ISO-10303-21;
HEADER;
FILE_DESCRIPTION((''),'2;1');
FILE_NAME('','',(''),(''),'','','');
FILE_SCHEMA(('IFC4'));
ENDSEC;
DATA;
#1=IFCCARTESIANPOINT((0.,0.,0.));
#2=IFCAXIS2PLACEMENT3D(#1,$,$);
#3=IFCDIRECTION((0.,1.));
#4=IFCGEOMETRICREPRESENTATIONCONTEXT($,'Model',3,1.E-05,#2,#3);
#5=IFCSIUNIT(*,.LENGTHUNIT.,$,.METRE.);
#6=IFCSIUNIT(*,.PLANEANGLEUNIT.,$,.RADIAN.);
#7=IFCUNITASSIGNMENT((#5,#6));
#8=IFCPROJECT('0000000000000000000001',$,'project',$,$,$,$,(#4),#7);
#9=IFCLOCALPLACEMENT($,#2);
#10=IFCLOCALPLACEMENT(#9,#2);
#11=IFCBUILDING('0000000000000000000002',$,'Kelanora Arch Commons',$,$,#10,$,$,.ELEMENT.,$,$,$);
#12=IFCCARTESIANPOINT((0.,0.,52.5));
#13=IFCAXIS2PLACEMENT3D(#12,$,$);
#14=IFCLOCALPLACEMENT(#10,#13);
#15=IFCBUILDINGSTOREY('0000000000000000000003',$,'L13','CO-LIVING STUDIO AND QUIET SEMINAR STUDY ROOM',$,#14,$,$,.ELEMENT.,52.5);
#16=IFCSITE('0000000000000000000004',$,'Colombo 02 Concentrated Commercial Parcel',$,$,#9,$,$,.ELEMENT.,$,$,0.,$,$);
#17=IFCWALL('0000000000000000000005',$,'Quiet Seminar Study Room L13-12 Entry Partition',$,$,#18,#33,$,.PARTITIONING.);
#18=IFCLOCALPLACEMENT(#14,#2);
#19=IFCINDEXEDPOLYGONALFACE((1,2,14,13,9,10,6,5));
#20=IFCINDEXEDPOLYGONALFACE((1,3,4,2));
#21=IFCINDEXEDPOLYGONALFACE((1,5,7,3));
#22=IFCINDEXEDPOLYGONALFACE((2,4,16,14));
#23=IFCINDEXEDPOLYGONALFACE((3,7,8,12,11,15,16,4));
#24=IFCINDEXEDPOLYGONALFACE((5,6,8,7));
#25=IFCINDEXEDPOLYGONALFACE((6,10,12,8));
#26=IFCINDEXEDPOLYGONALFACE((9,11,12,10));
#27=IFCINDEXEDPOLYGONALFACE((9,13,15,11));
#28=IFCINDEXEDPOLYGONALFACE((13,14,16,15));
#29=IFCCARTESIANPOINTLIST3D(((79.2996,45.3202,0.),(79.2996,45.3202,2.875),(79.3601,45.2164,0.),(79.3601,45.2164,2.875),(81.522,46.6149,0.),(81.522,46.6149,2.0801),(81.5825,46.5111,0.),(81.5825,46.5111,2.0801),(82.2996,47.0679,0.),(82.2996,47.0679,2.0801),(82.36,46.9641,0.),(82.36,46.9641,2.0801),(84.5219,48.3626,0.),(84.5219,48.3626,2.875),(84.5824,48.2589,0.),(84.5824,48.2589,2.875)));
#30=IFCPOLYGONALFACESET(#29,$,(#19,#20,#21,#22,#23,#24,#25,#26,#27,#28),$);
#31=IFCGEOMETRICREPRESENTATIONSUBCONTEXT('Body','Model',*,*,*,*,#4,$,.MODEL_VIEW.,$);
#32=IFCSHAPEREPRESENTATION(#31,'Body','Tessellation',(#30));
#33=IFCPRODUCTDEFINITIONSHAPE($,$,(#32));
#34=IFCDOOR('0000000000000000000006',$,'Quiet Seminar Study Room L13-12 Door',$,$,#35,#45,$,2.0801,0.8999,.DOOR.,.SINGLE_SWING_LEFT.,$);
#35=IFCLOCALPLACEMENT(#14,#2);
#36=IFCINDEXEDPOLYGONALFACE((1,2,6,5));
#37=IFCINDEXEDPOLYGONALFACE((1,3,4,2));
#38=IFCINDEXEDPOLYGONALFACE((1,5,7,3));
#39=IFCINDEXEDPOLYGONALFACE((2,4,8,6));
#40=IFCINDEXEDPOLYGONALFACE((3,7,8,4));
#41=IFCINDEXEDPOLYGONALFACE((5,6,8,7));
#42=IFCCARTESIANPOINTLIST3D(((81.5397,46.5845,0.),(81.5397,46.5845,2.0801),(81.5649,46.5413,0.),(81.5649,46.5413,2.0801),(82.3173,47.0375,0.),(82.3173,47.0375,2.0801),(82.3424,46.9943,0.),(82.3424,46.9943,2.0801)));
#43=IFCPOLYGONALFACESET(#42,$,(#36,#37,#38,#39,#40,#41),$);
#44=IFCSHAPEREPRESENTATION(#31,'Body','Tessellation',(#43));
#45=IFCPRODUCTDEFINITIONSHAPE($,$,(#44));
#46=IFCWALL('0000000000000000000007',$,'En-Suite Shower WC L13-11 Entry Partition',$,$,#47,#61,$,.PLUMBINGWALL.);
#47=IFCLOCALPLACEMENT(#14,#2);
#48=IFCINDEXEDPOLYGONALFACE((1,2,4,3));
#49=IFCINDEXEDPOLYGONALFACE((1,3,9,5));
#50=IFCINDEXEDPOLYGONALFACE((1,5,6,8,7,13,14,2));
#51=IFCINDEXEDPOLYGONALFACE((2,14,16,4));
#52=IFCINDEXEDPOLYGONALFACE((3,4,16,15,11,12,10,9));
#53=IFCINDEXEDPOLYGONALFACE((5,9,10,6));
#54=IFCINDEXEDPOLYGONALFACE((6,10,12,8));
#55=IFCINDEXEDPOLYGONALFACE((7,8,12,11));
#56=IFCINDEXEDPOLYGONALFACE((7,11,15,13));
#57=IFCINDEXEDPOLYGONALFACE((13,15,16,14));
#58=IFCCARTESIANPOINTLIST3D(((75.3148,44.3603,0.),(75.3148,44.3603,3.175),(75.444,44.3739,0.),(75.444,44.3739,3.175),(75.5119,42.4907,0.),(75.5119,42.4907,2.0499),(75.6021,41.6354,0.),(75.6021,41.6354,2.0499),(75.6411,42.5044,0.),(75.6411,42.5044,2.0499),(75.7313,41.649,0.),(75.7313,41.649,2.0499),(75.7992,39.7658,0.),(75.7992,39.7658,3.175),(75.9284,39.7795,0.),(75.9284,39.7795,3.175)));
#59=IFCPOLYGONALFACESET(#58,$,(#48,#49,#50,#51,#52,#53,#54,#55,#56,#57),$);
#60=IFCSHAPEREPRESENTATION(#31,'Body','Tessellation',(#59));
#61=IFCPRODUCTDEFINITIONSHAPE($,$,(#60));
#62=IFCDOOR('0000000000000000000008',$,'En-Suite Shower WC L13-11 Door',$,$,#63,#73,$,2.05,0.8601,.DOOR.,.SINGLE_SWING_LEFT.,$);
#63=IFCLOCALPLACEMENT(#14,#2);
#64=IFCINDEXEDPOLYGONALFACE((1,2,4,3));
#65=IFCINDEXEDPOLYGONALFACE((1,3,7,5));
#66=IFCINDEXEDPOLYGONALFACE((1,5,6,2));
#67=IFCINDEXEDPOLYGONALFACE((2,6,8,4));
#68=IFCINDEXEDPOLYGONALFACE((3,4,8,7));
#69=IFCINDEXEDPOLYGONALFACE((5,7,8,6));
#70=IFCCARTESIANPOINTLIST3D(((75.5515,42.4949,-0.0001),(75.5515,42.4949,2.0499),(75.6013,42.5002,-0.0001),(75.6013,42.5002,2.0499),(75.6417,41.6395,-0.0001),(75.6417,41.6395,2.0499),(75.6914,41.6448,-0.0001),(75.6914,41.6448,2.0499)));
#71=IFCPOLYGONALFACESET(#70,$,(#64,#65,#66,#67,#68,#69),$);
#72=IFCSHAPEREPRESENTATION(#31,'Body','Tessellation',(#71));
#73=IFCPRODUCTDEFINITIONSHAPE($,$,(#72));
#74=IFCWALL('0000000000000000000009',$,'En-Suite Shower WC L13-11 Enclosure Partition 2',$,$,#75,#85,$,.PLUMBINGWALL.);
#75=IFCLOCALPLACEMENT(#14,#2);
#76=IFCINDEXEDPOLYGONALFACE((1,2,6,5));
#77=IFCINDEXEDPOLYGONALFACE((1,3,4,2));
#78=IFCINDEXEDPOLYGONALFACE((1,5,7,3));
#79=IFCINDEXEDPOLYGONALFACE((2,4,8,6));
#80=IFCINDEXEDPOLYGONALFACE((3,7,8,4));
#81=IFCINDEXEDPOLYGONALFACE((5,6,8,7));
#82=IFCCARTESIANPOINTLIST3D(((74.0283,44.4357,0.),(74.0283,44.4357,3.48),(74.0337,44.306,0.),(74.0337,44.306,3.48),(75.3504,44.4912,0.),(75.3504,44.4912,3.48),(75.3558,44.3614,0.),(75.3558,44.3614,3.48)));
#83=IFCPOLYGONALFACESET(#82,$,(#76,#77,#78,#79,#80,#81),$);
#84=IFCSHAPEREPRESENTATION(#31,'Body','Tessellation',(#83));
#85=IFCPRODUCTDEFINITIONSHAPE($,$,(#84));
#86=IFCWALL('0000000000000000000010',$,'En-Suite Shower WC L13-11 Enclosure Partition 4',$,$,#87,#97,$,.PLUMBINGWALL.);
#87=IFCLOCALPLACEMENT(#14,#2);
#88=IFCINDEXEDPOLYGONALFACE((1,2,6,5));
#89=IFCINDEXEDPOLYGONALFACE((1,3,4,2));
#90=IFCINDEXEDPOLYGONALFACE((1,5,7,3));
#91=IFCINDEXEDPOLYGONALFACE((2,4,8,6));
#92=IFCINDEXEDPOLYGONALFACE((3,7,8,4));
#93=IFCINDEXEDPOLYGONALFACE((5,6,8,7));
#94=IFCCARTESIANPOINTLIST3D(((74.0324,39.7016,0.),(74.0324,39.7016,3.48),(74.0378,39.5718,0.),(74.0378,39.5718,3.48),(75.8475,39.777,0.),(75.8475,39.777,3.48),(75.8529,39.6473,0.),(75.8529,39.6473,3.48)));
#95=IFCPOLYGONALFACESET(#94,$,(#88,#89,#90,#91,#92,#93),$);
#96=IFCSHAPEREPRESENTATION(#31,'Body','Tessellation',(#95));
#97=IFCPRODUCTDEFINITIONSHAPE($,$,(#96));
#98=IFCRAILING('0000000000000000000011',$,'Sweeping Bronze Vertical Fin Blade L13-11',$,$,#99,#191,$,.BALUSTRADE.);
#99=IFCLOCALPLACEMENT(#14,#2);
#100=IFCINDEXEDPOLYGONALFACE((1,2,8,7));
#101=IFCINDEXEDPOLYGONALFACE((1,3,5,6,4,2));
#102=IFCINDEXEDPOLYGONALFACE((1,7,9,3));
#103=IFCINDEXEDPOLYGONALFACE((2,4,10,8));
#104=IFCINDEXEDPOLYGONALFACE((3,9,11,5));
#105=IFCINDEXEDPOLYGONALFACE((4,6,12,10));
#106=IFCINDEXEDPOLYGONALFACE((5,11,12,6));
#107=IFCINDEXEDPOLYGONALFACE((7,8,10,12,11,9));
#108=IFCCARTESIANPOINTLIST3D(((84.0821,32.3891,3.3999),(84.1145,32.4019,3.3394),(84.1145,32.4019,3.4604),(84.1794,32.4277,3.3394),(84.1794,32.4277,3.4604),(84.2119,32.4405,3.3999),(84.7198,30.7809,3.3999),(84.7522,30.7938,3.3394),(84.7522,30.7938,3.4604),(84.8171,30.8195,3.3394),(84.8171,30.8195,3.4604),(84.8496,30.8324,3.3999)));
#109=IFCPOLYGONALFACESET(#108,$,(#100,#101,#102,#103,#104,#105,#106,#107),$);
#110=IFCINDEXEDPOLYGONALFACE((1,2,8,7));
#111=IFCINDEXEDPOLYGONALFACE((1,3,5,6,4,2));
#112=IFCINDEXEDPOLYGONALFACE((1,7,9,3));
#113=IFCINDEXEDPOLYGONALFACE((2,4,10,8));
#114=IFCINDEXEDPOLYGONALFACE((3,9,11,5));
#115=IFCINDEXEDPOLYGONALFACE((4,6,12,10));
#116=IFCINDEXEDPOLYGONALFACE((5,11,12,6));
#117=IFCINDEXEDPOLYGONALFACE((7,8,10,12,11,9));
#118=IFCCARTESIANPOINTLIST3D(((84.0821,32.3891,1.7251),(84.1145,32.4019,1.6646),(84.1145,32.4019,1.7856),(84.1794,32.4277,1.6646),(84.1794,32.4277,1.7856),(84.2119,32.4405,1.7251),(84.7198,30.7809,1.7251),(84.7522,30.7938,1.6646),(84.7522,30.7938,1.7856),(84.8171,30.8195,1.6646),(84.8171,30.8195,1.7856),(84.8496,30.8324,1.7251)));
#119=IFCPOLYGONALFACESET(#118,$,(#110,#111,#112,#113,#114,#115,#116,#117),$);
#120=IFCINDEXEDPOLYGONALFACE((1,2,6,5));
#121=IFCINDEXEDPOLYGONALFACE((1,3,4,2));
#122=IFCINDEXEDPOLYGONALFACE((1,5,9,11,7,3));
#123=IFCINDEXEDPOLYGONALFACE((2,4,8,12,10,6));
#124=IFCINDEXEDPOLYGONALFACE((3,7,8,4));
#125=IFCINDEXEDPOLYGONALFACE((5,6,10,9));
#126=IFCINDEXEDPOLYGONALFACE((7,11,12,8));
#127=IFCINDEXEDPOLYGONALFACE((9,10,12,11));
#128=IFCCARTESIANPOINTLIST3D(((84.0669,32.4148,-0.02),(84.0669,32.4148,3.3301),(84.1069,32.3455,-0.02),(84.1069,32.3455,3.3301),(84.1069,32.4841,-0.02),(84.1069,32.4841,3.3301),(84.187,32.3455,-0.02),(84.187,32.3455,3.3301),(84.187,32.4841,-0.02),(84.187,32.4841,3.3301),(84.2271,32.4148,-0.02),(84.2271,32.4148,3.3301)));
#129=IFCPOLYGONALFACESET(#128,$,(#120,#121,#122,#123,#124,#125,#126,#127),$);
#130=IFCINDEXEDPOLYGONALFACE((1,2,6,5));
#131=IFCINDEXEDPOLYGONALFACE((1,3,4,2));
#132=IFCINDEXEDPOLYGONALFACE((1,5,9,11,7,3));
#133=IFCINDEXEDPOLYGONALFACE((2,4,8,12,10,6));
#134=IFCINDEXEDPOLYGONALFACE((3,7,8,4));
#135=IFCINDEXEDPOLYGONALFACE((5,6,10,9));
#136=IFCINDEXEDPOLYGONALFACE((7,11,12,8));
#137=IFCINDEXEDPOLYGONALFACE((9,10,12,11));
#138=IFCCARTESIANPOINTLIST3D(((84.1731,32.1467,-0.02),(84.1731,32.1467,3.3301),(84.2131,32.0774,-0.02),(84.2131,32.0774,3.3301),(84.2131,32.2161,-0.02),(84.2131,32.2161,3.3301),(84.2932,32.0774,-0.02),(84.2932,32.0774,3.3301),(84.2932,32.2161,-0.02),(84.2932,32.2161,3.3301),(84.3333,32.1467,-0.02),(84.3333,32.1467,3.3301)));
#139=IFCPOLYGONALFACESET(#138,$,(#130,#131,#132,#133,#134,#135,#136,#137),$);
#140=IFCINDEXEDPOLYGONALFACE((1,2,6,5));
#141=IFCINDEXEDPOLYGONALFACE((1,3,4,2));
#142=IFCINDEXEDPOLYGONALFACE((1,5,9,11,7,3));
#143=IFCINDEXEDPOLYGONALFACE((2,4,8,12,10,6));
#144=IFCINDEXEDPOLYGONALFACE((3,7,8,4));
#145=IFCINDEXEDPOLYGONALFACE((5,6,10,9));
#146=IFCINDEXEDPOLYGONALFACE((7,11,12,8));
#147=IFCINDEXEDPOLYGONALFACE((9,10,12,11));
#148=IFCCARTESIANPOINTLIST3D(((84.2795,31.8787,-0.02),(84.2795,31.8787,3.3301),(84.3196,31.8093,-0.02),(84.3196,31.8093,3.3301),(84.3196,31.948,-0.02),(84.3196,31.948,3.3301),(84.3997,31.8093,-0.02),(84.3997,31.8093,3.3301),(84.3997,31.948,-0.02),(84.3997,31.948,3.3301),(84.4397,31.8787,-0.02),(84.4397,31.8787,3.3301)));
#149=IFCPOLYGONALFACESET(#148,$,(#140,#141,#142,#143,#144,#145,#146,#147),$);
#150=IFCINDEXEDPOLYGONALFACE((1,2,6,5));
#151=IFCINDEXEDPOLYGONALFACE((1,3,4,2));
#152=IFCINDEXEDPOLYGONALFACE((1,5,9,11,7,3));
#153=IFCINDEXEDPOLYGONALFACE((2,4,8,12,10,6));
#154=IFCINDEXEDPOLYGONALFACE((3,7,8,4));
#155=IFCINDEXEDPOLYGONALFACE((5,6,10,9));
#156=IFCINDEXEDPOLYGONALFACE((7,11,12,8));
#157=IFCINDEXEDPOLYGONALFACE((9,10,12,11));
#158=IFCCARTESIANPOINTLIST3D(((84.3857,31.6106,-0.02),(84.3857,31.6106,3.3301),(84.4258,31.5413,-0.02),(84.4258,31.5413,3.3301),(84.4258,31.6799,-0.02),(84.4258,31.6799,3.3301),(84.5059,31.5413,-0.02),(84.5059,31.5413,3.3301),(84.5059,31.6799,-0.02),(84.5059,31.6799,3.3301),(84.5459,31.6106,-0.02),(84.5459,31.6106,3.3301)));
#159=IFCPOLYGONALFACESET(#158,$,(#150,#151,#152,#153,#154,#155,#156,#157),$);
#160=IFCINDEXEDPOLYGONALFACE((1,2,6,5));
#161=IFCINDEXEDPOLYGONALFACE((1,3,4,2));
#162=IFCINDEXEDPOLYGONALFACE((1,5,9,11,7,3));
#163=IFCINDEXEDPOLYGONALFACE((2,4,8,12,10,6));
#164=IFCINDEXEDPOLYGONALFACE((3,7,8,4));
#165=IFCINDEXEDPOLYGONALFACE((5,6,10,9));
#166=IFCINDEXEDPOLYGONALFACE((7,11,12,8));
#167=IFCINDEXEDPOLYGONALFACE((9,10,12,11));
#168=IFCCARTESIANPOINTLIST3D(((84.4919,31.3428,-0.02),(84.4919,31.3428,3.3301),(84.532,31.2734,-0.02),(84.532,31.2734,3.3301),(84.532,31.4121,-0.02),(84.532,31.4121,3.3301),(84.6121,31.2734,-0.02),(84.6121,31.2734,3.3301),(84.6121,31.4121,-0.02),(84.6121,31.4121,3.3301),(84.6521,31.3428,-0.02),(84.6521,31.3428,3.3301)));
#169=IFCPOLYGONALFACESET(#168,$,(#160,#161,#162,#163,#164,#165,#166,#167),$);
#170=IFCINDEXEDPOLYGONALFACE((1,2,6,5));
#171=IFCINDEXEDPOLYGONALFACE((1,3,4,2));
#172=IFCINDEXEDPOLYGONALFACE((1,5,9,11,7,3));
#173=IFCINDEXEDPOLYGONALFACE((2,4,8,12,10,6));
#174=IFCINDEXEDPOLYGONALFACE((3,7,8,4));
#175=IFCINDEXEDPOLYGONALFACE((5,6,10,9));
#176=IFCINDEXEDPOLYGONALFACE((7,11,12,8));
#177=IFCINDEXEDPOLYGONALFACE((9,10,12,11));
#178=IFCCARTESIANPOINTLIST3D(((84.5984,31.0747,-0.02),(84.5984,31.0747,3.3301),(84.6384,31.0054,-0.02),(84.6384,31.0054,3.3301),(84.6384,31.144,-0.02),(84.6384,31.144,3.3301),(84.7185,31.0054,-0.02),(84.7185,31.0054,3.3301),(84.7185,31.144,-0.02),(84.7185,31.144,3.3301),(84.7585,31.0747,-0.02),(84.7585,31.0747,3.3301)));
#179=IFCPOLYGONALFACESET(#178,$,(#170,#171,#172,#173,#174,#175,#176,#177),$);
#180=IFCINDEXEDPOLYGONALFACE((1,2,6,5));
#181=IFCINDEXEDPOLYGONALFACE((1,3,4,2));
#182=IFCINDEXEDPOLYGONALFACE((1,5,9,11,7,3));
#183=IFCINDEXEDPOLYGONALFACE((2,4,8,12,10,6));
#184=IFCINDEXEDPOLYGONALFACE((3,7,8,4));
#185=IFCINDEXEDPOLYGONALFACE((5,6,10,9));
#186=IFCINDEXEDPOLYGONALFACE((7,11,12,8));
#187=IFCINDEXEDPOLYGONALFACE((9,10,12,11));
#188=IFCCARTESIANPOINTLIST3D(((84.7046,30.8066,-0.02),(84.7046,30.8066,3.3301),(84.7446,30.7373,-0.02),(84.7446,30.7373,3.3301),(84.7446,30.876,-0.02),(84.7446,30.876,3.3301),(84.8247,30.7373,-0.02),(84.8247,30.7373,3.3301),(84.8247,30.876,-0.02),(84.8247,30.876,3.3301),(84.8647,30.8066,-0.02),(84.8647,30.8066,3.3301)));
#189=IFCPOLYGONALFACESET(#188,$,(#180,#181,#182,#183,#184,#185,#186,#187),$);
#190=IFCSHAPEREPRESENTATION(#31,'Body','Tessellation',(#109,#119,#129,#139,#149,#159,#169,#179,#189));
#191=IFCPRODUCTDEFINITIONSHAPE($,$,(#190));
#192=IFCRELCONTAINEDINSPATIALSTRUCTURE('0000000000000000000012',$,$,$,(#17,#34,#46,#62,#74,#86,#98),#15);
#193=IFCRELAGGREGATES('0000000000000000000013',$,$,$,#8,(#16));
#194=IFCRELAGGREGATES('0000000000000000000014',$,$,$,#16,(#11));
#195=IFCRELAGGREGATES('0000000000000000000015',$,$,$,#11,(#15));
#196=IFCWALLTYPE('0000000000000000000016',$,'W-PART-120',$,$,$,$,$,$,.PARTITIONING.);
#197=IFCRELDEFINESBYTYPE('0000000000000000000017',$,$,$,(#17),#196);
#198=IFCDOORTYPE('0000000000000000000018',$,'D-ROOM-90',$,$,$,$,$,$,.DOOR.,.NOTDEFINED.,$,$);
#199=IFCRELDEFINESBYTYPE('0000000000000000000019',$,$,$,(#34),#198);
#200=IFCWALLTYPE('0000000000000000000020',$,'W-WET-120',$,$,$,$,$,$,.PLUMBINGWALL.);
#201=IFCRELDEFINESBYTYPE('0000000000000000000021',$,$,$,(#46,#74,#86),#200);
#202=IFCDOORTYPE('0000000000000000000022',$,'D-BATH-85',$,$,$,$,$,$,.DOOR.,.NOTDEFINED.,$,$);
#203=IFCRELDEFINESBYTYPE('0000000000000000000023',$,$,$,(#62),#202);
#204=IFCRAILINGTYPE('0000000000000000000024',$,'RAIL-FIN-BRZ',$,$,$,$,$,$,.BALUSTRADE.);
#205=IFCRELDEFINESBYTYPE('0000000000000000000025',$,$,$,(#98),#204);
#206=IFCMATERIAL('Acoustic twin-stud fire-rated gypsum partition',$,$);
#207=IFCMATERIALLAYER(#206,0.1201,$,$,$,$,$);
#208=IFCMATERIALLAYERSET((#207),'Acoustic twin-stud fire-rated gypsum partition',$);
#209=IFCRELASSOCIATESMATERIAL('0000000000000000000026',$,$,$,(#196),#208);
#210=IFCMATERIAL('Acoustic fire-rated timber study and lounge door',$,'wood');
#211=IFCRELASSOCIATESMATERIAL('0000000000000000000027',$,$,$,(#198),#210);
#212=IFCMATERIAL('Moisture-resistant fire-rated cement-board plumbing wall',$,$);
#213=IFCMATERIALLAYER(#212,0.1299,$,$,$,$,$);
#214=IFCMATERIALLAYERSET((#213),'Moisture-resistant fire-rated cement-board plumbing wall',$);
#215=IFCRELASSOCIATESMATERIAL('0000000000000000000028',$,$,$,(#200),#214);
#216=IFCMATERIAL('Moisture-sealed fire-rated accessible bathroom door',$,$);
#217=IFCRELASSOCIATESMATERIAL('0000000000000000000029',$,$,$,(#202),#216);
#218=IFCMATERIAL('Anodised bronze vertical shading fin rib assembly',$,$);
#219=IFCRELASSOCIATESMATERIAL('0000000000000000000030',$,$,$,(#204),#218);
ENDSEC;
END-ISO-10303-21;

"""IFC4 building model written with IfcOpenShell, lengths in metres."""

from ifc_helpers import new_model, si_unit, direction, frame, frame_2d, origin, place, context, subcontext, project, spatial, polyline, rectangle, outline, extrude, material, layer, layer_set, type_object, element, fill, save


model = new_model("IFC4")

# Units and contexts
model_context = context("Model", 3, precision=1e-05, world=origin(), true_north=direction((0.0, 1.0)))
body_context = subcontext(model_context, "Body", "Model", "MODEL_VIEW")
ifc_project = project(units=[si_unit("LENGTHUNIT", "METRE"), si_unit("PLANEANGLEUNIT", "RADIAN")], contexts=[model_context])

# Site, building, storey
site_placement = place(None, origin())
site = spatial("IfcSite", under=ifc_project, at=site_placement, Name="Colombo 02 Concentrated Commercial Parcel", CompositionType="ELEMENT", RefElevation=0.0)
building_placement = place(site_placement, origin())
building = spatial("IfcBuilding", under=site, at=building_placement, Name="Kelanora Arch Commons", CompositionType="ELEMENT")
storey_placement = place(building_placement, frame((0.0, 0.0, 52.5)))
storey = spatial("IfcBuildingStorey", under=building, at=storey_placement, Name="L13", Description="CO-LIVING STUDIO AND QUIET SEMINAR STUDY ROOM", CompositionType="ELEMENT", Elevation=52.5)

# Walls, openings, doors
ifc_material_1 = material(Name="Acoustic twin-stud fire-rated gypsum partition")
ifc_layer_1 = layer(ifc_material_1, 0.1201)
ifc_layer_set_1 = layer_set([ifc_layer_1], Name="Acoustic twin-stud fire-rated gypsum partition")
wall_type_1 = type_object("IfcWallType", Name="W-PART-120", PredefinedType="PARTITIONING", material=ifc_layer_set_1)
wall_1_placement = place(storey_placement, frame((79.3298, 45.2683, 0.0), z_axis=(0.0, 0.0, 1.0), x_axis=(0.864062, 0.503386, 0.0)))
wall_1 = element("IfcWall", 1, at=wall_1_placement, inside=storey, type_object=wall_type_1, Name="Quiet Seminar Study Room L13-12 Entry Partition", PredefinedType="PARTITIONING", context=body_context, shape_type="SweptSolid", body=[
    extrude(rectangle(XDim=6.0439, YDim=0.1201, at=frame_2d((3.022, 0.0))), origin(), (0.0, 0.0, 1.0), 2.875),
])
opening_1_placement = place(wall_1_placement, frame((2.572, 0.0, 0.0)))
opening_1 = element("IfcOpeningElement", 2, at=opening_1_placement, cuts=wall_1, PredefinedType="OPENING", context=body_context, shape_type="SweptSolid", body=[
    extrude(rectangle(XDim=0.8999, YDim=2.0801, at=frame_2d((0.45, 1.04))), frame((0.0, 0.0701, 0.0), z_axis=(0.0, -1.0, 0.0), x_axis=(1.0, 0.0, 0.0)), (0.0, 0.0, 1.0), 0.1401),
])
ifc_material_2 = material(Name="Acoustic fire-rated timber study and lounge door", Category="wood")
door_type_1 = type_object("IfcDoorType", Name="D-ROOM-90", OperationType="NOTDEFINED", PredefinedType="DOOR", material=ifc_material_2)
door_1_placement = place(opening_1_placement, origin())
door_1 = element("IfcDoor", 3, at=door_1_placement, inside=storey, type_object=door_type_1, Name="Quiet Seminar Study Room L13-12 Door", OperationType="SINGLE_SWING_LEFT", OverallHeight=2.0801, OverallWidth=0.8999, PredefinedType="DOOR", context=body_context, shape_type="SweptSolid", body=[
    extrude(rectangle(XDim=0.8999, YDim=2.0801, at=frame_2d((0.45, 1.04))), frame((0.0, 0.0249, 0.0), z_axis=(0.0, -1.0, 0.0), x_axis=(1.0, 0.0, 0.0)), (0.0, 0.0, 1.0), 0.05),
])
fill(opening_1, door_1)
ifc_material_3 = material(Name="Moisture-resistant fire-rated cement-board plumbing wall")
ifc_layer_2 = layer(ifc_material_3, 0.1299)
ifc_layer_set_2 = layer_set([ifc_layer_2], Name="Moisture-resistant fire-rated cement-board plumbing wall")
wall_type_2 = type_object("IfcWallType", Name="W-WET-120", PredefinedType="PLUMBINGWALL", material=ifc_layer_set_2)
wall_2_placement = place(storey_placement, frame((75.3794, 44.3672, 0.0), z_axis=(0.0, 0.0, 1.0), x_axis=(0.104844, -0.994489, 0.0)))
wall_2 = element("IfcWall", 4, at=wall_2_placement, inside=storey, type_object=wall_type_2, Name="En-Suite Shower WC L13-11 Entry Partition", PredefinedType="PLUMBINGWALL", context=body_context, shape_type="SweptSolid", body=[
    extrude(rectangle(XDim=4.6199, YDim=0.1299, at=frame_2d((2.3101, 0.0))), origin(), (0.0, 0.0, 1.0), 3.175),
])
opening_2_placement = place(wall_2_placement, frame((1.8799, 0.0, 0.0)))
opening_2 = element("IfcOpeningElement", 5, at=opening_2_placement, cuts=wall_2, PredefinedType="OPENING", context=body_context, shape_type="SweptSolid", body=[
    extrude(rectangle(XDim=0.8601, YDim=2.05, at=frame_2d((0.4302, 1.0249))), frame((0.0, 0.075, 0.0), z_axis=(0.0, -1.0, 0.0), x_axis=(1.0, 0.0, 0.0)), (0.0, 0.0, 1.0), 0.1499),
])
ifc_material_4 = material(Name="Moisture-sealed fire-rated accessible bathroom door")
door_type_2 = type_object("IfcDoorType", Name="D-BATH-85", OperationType="NOTDEFINED", PredefinedType="DOOR", material=ifc_material_4)
door_2_placement = place(opening_2_placement, origin())
door_2 = element("IfcDoor", 6, at=door_2_placement, inside=storey, type_object=door_type_2, Name="En-Suite Shower WC L13-11 Door", OperationType="SINGLE_SWING_LEFT", OverallHeight=2.05, OverallWidth=0.8601, PredefinedType="DOOR", context=body_context, shape_type="SweptSolid", body=[
    extrude(rectangle(XDim=0.8601, YDim=2.05, at=frame_2d((0.4302, 1.0249))), frame((0.0, 0.0249, 0.0), z_axis=(0.0, -1.0, 0.0), x_axis=(1.0, 0.0, 0.0)), (0.0, 0.0, 1.0), 0.05),
])
fill(opening_2, door_2)

# Walls
wall_3_placement = place(storey_placement, frame((74.031, 44.3708, 0.0), z_axis=(0.0, 0.0, 1.0), x_axis=(0.999122, 0.041884, 0.0)))
element("IfcWall", 7, at=wall_3_placement, inside=storey, type_object=wall_type_2, Name="En-Suite Shower WC L13-11 Enclosure Partition 2", PredefinedType="PLUMBINGWALL", context=body_context, shape_type="SweptSolid", body=[
    extrude(rectangle(XDim=1.3232, YDim=0.1299, at=frame_2d((0.6616, 0.0))), origin(), (0.0, 0.0, 1.0), 3.48),
])
wall_4_placement = place(storey_placement, frame((75.8501, 39.7122, 0.0), z_axis=(0.0, 0.0, 1.0), x_axis=(-0.999137, -0.041524, 0.0)))
element("IfcWall", 8, at=wall_4_placement, inside=storey, type_object=wall_type_2, Name="En-Suite Shower WC L13-11 Enclosure Partition 4", PredefinedType="PLUMBINGWALL", context=body_context, shape_type="SweptSolid", body=[
    extrude(rectangle(XDim=1.8167, YDim=0.1299, at=frame_2d((0.9082, 0.0))), origin(), (0.0, 0.0, 1.0), 3.48),
])

# Railing
ifc_material_5 = material(Name="Anodised bronze vertical shading fin rib assembly")
railing_type = type_object("IfcRailingType", Name="RAIL-FIN-BRZ", PredefinedType="BALUSTRADE", material=ifc_material_5)
railing_placement = place(storey_placement, frame((84.147, 32.4148, -0.02)))
element("IfcRailing", 9, at=railing_placement, inside=storey, type_object=railing_type, Name="Sweeping Bronze Vertical Fin Blade L13-11", PredefinedType="BALUSTRADE", context=body_context, shape_type="SweptSolid", body=[
    extrude(outline(polyline([(0.0698, 0.0), (0.0349, 0.0605), (-0.0349, 0.0605), (-0.0698, 0.0), (-0.0349, -0.0605), (0.0349, -0.0605), (0.0698, 0.0)])), frame((0.0, 0.0, 3.4199), z_axis=(0.368615, -0.929582, 0.0), x_axis=(0.929582, 0.368615, 0.0)), (0.0, 0.0, 1.0), 1.73),
    extrude(outline(polyline([(0.0698, 0.0), (0.0349, 0.0605), (-0.0349, 0.0605), (-0.0698, 0.0), (-0.0349, -0.0605), (0.0349, -0.0605), (0.0698, 0.0)])), frame((0.0, 0.0, 1.7451), z_axis=(0.368615, -0.929582, 0.0), x_axis=(0.929582, 0.368615, 0.0)), (0.0, 0.0, 1.0), 1.73),
    extrude(outline(polyline([(0.0801, 0.0), (0.04, 0.0693), (-0.04, 0.0693), (-0.0801, 0.0), (-0.04, -0.0693), (0.04, -0.0693), (0.0801, 0.0)])), origin(), (0.0, 0.0, 1.0), 3.3501),
    extrude(outline(polyline([(0.0801, 0.0), (0.04, 0.0693), (-0.04, 0.0693), (-0.0801, 0.0), (-0.04, -0.0693), (0.04, -0.0693), (0.0801, 0.0)])), frame((0.1062, -0.2681, 0.0)), (0.0, 0.0, 1.0), 3.3501),
    extrude(outline(polyline([(0.0801, 0.0), (0.04, 0.0693), (-0.04, 0.0693), (-0.0801, 0.0), (-0.04, -0.0693), (0.04, -0.0693), (0.0801, 0.0)])), frame((0.2126, -0.5361, 0.0)), (0.0, 0.0, 1.0), 3.3501),
    extrude(outline(polyline([(0.0801, 0.0), (0.04, 0.0693), (-0.04, 0.0693), (-0.0801, 0.0), (-0.04, -0.0693), (0.04, -0.0693), (0.0801, 0.0)])), frame((0.3188, -0.8042, 0.0)), (0.0, 0.0, 1.0), 3.3501),
    extrude(outline(polyline([(0.0801, 0.0), (0.04, 0.0693), (-0.04, 0.0693), (-0.0801, 0.0), (-0.04, -0.0693), (0.04, -0.0693), (0.0801, 0.0)])), frame((0.425, -1.072, 0.0)), (0.0, 0.0, 1.0), 3.3501),
    extrude(outline(polyline([(0.0801, 0.0), (0.04, 0.0693), (-0.04, 0.0693), (-0.0801, 0.0), (-0.04, -0.0693), (0.04, -0.0693), (0.0801, 0.0)])), frame((0.5315, -1.3401, 0.0)), (0.0, 0.0, 1.0), 3.3501),
    extrude(outline(polyline([(0.0801, 0.0), (0.04, 0.0693), (-0.04, 0.0693), (-0.0801, 0.0), (-0.04, -0.0693), (0.04, -0.0693), (0.0801, 0.0)])), frame((0.6377, -1.6082, 0.0)), (0.0, 0.0, 1.0), 3.3501),
])

save(model, "model.ifc")
